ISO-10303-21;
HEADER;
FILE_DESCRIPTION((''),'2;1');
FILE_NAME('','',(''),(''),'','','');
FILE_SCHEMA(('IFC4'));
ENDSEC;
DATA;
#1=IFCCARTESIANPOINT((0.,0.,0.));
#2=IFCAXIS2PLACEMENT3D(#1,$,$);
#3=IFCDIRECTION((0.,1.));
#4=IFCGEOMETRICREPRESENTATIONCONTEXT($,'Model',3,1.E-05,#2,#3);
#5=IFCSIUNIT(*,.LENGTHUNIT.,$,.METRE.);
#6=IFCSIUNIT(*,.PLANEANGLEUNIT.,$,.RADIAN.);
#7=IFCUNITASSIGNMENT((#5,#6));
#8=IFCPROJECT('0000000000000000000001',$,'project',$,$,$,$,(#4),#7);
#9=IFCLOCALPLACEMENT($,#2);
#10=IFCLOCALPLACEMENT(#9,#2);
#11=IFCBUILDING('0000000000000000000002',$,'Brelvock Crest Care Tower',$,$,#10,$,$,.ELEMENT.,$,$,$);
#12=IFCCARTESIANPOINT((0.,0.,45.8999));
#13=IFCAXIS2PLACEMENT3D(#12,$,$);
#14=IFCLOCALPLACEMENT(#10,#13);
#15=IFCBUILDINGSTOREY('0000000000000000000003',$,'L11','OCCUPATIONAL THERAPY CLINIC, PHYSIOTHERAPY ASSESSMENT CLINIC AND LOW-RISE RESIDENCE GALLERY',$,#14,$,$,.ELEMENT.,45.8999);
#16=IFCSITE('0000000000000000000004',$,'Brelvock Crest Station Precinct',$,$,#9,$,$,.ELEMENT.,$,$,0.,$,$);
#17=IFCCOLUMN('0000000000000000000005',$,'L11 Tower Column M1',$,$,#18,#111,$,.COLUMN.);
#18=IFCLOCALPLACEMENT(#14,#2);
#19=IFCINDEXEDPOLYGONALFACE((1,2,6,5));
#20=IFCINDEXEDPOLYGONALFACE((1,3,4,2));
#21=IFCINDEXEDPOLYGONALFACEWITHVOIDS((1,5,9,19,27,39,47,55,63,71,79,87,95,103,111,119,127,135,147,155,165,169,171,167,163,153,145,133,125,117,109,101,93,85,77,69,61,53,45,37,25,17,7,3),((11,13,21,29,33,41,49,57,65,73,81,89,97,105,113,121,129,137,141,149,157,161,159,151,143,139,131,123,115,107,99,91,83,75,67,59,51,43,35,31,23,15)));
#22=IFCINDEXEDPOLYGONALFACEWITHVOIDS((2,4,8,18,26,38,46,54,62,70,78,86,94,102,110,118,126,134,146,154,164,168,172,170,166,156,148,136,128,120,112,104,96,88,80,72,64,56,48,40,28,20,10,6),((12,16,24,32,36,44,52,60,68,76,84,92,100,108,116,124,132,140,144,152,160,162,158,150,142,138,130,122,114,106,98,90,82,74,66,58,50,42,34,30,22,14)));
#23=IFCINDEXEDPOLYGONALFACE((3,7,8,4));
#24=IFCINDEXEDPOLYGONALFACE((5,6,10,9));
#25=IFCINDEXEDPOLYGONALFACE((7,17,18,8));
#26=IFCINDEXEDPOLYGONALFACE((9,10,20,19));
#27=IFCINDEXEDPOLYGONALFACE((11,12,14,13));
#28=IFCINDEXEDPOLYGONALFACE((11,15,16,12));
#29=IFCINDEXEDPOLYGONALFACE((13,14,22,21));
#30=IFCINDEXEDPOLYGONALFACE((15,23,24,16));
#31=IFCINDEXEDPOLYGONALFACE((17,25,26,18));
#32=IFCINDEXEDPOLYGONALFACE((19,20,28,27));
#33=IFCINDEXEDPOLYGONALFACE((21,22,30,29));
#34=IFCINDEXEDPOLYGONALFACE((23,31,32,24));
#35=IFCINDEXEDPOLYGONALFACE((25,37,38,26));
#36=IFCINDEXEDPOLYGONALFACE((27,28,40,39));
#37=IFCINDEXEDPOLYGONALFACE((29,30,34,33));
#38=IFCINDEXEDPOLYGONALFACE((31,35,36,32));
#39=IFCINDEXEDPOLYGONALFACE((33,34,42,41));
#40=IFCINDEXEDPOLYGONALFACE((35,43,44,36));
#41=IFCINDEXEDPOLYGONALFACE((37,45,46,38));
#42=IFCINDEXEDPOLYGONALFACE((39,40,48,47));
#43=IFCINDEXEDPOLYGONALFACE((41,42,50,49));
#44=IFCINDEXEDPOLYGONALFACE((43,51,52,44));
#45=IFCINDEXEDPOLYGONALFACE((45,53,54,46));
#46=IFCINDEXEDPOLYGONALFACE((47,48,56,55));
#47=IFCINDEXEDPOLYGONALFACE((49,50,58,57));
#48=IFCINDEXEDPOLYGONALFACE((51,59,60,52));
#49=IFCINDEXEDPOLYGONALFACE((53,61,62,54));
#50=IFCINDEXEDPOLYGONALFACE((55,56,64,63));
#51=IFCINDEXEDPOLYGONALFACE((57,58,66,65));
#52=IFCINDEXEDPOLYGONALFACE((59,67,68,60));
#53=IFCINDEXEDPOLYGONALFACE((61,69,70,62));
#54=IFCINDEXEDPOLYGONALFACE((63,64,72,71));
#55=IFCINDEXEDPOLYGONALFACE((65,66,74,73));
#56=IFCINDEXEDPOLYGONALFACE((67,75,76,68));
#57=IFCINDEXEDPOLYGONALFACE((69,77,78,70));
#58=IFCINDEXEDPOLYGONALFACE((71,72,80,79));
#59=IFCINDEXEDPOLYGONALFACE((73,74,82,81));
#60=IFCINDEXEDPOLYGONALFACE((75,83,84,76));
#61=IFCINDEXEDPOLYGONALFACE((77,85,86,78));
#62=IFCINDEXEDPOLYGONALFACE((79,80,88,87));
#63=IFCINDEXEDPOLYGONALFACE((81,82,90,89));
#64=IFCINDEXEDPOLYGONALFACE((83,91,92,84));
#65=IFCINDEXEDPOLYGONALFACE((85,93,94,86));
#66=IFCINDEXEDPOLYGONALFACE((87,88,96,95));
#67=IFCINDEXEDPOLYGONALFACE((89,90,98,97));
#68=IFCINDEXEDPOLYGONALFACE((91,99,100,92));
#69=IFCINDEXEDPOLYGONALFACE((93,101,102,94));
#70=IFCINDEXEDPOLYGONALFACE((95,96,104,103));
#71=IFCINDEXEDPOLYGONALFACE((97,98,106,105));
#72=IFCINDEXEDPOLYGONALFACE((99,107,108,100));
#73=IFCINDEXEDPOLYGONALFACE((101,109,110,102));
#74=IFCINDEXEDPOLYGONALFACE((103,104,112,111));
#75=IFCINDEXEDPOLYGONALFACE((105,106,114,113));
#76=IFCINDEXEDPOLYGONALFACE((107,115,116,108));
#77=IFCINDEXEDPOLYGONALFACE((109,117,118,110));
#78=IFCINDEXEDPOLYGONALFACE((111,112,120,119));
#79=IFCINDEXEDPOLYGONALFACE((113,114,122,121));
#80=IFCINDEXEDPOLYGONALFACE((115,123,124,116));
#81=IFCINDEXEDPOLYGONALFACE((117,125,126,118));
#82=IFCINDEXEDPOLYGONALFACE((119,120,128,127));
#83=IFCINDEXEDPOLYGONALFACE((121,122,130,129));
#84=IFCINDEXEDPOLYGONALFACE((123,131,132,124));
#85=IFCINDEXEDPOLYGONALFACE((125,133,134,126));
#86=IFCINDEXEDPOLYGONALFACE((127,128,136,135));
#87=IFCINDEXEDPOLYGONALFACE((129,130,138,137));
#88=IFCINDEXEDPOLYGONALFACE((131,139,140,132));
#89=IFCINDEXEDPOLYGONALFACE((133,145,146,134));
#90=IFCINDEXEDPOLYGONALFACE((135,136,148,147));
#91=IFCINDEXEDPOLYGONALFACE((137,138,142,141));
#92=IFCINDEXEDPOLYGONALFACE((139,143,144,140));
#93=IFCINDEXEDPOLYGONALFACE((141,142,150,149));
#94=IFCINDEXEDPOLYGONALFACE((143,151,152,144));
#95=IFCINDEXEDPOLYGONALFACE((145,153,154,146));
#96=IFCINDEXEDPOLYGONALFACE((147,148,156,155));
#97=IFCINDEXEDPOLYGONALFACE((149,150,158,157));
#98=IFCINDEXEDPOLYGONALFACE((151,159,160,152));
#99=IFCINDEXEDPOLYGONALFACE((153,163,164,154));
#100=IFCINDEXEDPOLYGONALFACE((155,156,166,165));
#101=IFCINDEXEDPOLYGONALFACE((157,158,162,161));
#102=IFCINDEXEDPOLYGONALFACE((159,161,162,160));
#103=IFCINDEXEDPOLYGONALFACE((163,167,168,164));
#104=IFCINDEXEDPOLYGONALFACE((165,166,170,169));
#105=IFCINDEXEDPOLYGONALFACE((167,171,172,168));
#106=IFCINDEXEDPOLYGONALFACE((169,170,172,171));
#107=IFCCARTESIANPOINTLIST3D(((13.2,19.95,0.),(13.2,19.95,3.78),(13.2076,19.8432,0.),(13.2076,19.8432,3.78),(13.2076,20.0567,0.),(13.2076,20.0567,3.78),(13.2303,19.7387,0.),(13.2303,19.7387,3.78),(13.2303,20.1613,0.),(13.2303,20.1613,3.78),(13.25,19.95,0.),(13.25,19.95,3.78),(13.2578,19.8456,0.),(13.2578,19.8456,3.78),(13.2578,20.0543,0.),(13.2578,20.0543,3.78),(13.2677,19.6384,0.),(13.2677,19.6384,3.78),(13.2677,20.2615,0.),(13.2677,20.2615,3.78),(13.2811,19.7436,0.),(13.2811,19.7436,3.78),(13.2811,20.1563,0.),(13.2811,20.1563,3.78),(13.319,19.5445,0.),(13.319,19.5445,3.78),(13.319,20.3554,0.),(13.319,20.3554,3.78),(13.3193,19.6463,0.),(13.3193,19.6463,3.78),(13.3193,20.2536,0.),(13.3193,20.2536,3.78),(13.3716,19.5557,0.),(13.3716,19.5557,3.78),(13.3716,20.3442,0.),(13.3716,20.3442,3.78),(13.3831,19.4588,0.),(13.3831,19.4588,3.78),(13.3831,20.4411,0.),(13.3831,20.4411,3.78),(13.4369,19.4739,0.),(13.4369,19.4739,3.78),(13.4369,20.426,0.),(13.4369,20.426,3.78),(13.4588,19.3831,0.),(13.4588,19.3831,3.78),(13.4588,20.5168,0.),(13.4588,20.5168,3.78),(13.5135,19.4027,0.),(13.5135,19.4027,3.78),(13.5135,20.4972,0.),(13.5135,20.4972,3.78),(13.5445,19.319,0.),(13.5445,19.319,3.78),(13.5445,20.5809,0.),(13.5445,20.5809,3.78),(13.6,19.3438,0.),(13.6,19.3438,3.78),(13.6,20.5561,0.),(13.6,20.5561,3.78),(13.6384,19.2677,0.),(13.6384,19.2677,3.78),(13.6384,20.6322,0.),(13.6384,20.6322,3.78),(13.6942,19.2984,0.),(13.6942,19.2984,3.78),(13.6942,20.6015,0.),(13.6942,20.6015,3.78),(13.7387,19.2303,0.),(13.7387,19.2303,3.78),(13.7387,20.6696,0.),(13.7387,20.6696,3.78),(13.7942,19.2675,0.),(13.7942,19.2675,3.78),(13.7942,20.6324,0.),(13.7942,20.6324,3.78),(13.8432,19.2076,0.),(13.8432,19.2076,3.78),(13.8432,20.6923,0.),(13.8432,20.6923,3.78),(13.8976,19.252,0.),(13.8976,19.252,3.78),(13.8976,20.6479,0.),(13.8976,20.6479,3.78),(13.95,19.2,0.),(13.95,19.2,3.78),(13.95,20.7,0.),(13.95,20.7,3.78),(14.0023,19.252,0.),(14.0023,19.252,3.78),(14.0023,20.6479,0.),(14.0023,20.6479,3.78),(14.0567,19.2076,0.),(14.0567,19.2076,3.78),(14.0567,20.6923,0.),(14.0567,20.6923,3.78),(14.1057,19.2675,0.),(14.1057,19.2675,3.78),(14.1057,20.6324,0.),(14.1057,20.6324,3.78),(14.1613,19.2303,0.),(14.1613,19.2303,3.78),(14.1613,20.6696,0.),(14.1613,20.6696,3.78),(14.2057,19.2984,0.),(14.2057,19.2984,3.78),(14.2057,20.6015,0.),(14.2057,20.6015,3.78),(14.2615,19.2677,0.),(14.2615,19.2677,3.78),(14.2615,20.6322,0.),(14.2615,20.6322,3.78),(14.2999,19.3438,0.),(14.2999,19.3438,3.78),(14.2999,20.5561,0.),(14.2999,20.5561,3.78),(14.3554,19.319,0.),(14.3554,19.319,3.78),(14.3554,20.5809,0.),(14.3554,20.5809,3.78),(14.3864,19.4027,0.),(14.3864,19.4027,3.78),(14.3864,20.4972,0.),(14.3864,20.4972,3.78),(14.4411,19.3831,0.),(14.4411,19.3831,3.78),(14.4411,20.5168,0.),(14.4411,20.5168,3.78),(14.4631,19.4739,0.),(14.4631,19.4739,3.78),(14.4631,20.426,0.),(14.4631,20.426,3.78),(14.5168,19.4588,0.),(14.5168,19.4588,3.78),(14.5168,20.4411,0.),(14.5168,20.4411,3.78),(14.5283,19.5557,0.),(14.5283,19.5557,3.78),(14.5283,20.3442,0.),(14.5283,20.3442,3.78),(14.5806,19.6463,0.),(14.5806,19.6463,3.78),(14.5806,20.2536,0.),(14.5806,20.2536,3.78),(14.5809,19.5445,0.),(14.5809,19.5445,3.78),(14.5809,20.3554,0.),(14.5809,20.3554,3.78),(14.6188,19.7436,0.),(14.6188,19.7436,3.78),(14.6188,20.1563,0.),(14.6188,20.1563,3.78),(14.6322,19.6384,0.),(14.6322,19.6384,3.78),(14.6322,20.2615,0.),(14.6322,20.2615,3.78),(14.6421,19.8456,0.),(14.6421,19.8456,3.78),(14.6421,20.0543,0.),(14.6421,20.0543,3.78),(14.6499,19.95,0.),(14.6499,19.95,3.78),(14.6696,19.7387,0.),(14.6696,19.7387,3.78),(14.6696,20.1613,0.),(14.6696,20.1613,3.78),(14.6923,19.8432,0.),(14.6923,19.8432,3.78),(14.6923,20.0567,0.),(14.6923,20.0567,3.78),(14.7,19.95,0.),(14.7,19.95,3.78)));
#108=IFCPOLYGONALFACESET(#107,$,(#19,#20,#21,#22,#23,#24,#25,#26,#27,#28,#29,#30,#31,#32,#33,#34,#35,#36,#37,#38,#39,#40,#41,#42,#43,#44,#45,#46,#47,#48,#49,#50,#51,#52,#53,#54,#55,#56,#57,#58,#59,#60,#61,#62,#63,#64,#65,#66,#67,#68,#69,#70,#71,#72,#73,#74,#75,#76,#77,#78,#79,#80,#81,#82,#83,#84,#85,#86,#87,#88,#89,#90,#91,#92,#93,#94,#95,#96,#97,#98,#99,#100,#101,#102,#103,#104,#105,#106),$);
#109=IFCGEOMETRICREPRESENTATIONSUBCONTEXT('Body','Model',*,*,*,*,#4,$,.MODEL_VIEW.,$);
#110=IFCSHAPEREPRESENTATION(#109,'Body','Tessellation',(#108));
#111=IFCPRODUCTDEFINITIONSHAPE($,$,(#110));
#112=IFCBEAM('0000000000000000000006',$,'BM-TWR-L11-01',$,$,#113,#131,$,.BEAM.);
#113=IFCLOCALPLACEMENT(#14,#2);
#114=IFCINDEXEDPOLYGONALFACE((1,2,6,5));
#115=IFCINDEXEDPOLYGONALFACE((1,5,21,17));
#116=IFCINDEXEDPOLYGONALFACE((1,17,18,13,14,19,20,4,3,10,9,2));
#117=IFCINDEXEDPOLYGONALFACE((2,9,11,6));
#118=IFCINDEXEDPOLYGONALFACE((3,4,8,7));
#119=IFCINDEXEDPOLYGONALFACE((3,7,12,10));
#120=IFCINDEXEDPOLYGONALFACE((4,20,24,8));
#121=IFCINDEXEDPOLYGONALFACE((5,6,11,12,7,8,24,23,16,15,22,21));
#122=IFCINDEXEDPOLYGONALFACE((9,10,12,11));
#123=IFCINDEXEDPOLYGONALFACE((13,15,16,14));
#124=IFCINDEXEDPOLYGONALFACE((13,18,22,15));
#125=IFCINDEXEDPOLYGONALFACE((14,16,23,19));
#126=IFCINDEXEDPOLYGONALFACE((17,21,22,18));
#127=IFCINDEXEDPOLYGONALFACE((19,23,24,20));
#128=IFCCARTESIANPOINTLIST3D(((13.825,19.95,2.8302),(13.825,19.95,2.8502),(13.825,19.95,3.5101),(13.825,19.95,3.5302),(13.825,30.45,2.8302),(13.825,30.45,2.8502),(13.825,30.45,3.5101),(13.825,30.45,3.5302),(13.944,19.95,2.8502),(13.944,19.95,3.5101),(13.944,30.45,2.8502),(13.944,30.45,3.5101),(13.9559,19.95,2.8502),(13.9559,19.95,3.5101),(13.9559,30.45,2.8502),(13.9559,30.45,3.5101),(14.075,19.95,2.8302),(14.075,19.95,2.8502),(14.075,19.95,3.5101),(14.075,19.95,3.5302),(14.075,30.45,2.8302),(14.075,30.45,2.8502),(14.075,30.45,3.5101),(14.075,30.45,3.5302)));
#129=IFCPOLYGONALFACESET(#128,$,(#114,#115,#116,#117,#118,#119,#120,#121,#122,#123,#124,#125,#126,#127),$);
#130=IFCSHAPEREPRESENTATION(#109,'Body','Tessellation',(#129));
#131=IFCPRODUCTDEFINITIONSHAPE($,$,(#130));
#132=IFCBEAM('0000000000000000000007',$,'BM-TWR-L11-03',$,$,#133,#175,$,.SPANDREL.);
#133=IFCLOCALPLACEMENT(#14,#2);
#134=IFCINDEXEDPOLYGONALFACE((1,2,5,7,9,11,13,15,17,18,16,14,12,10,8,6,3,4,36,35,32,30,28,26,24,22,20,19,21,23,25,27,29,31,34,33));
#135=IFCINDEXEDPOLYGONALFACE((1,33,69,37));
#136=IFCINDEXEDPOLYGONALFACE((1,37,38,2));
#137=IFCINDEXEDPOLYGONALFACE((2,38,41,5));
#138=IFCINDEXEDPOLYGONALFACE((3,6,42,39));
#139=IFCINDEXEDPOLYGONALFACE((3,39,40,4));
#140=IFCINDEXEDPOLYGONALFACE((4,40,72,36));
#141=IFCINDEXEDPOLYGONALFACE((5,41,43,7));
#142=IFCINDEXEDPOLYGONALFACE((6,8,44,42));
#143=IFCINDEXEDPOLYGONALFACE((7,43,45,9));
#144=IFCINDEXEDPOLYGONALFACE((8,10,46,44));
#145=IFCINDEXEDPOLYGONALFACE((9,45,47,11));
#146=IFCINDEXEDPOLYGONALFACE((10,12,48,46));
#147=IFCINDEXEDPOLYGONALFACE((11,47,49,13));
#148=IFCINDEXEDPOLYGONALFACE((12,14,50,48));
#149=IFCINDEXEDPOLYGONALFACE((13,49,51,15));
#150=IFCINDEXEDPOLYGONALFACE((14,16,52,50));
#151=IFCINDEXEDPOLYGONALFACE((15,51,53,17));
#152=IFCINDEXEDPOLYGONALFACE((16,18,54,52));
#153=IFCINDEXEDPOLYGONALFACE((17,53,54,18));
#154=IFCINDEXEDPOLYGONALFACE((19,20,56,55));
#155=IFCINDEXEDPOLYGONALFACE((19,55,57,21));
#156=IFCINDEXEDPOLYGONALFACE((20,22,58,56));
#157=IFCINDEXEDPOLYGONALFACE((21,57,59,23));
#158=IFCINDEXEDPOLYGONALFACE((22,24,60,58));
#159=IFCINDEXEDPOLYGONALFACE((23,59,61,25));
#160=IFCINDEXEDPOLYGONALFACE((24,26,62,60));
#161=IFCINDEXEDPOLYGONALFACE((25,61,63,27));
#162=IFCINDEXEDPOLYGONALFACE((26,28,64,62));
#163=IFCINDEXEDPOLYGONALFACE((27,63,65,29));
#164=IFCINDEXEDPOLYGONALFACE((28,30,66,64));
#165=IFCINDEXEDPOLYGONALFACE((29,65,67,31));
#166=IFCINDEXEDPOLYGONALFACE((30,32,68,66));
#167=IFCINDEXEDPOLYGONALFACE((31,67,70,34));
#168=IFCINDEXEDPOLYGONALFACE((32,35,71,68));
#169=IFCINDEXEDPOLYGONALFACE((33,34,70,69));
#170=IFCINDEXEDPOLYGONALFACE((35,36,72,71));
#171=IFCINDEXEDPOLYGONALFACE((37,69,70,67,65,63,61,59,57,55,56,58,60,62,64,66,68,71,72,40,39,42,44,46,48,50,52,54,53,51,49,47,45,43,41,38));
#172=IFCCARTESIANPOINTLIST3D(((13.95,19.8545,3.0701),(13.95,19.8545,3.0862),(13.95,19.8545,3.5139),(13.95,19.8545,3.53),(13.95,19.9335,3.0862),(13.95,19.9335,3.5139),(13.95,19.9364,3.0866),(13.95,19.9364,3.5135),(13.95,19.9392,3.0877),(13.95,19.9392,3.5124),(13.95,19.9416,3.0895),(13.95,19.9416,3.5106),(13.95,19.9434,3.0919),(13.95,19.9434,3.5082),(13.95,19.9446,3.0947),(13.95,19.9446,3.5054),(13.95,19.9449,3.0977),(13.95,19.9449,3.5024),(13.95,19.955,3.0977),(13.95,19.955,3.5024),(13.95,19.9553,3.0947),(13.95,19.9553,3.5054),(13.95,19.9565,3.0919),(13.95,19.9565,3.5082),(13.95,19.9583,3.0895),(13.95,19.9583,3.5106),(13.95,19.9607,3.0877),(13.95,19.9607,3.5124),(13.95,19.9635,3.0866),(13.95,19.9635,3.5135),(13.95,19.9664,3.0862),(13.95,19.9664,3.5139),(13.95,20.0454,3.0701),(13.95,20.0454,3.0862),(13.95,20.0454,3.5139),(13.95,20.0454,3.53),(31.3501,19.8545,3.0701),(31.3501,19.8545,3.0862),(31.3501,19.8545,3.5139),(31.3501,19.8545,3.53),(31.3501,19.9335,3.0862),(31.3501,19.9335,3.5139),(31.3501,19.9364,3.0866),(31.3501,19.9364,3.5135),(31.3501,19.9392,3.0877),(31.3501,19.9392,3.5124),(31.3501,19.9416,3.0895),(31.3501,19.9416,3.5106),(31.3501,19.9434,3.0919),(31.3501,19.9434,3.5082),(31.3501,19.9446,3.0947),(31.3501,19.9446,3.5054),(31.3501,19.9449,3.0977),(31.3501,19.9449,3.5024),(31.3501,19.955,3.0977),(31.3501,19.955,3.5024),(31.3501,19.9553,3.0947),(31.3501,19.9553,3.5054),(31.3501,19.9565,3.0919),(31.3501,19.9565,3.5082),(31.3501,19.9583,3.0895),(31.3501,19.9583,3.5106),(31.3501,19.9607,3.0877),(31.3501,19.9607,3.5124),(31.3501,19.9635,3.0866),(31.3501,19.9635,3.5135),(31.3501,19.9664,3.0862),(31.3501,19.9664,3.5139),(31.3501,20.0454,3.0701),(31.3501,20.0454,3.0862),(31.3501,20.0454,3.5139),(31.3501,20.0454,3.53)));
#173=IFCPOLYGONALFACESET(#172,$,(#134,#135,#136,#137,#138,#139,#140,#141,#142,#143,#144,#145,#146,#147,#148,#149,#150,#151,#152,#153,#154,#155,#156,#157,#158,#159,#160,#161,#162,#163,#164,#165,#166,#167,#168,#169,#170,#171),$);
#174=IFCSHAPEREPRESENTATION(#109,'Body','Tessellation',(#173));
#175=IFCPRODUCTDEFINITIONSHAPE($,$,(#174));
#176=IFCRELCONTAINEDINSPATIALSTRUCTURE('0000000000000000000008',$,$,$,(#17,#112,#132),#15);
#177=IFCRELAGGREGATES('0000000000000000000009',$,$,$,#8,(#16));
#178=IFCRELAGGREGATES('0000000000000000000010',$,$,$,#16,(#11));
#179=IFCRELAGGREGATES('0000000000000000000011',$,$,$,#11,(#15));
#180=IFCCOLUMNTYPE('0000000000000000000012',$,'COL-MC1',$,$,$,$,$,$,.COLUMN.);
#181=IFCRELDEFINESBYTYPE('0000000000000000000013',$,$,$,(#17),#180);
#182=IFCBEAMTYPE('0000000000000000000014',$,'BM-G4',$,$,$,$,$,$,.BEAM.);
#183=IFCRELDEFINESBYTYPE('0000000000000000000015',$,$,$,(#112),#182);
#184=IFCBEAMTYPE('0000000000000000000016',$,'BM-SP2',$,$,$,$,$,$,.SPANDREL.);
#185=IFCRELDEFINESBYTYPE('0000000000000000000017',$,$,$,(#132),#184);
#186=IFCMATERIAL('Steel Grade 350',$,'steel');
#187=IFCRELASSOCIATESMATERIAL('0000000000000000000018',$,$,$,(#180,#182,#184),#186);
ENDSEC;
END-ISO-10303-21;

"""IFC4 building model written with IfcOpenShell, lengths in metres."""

from ifc_helpers import new_model, si_unit, direction, frame, origin, origin_2d, place, context, subcontext, project, spatial, hollow_circle, i_section, extrude, source, transform, mapped, material, material_profile, profile_set, type_object, element, save


model = new_model("IFC4")

# Units and contexts
model_context = context("Model", 3, precision=1e-05, world=origin(), true_north=direction((0.0, 1.0)))
body_context = subcontext(model_context, "Body", "Model", "MODEL_VIEW")
ifc_project = project(units=[si_unit("LENGTHUNIT", "METRE"), si_unit("PLANEANGLEUNIT", "RADIAN")], contexts=[model_context])

# Site, building, storey
site_placement = place(None, origin())
site = spatial("IfcSite", under=ifc_project, at=site_placement, Name="Brelvock Crest Station Precinct", CompositionType="ELEMENT", RefElevation=0.0)
building_placement = place(site_placement, origin())
building = spatial("IfcBuilding", under=site, at=building_placement, Name="Brelvock Crest Care Tower", CompositionType="ELEMENT")
storey_placement = place(building_placement, frame((0.0, 0.0, 45.8999)))
storey = spatial("IfcBuildingStorey", under=building, at=storey_placement, Name="L11", Description="OCCUPATIONAL THERAPY CLINIC, PHYSIOTHERAPY ASSESSMENT CLINIC AND LOW-RISE RESIDENCE GALLERY", CompositionType="ELEMENT", Elevation=45.8999)

# Column
ifc_material_1 = material(Name="Steel Grade 350", Category="steel")
ifc_material_profile_1 = material_profile(ifc_material_1, hollow_circle(Radius=0.75, WallThickness=0.05, at=origin_2d()), Name="CFT1500x50")
ifc_profile_set_1 = profile_set([ifc_material_profile_1], Name="Steel Grade 350")
column_type = type_object("IfcColumnType", Name="COL-MC1", PredefinedType="COLUMN", material=ifc_profile_set_1)
shared_shape_1 = source(origin(), body_context, "Body", "SweptSolid", [
    extrude(hollow_circle(Radius=0.75, WallThickness=0.05, at=origin_2d()), origin(), (0.0, 0.0, 1.0), 3.78),
])
column_placement = place(storey_placement, frame((13.95, 19.95, 0.0), z_axis=(0.0, 0.0, 1.0), x_axis=(1.0, 0.0, 0.0)))
element("IfcColumn", 1, at=column_placement, inside=storey, type_object=column_type, Name="L11 Tower Column M1", PredefinedType="COLUMN", context=body_context, shape_type="MappedRepresentation", body=[
    mapped(shared_shape_1, transform((0.0, 0.0, 0.0), x_axis=(1.0, 0.0, 0.0), y_axis=(0.0, 1.0, 0.0), z_axis=(0.0, 0.0, 1.0), scale=1.0)),
])

# Beams
ifc_material_profile_2 = material_profile(ifc_material_1, i_section(OverallWidth=0.25, OverallDepth=0.7, WebThickness=0.012, FlangeThickness=0.02, at=origin_2d()), Name="700WB150")
ifc_profile_set_2 = profile_set([ifc_material_profile_2], Name="Steel Grade 350")
beam_type_1 = type_object("IfcBeamType", Name="BM-G4", PredefinedType="BEAM", material=ifc_profile_set_2)
shared_shape_2 = source(origin(), body_context, "Body", "SweptSolid", [
    extrude(i_section(OverallWidth=0.25, OverallDepth=0.7, WebThickness=0.012, FlangeThickness=0.02, at=origin_2d()), origin(), (0.0, 0.0, 1.0), 10.5),
])
beam_1_placement = place(storey_placement, frame((13.95, 19.95, 3.1802), z_axis=(0.0, 1.0, 0.0), x_axis=(-1.0, 0.0, 0.0)))
element("IfcBeam", 2, at=beam_1_placement, inside=storey, type_object=beam_type_1, Name="BM-TWR-L11-01", PredefinedType="BEAM", context=body_context, shape_type="MappedRepresentation", body=[
    mapped(shared_shape_2, transform((0.0, 0.0, 0.0), x_axis=(1.0, 0.0, 0.0), y_axis=(0.0, 1.0, 0.0), z_axis=(0.0, 0.0, 1.0), scale=1.0)),
])
ifc_material_profile_3 = material_profile(ifc_material_1, i_section(OverallWidth=0.1909, OverallDepth=0.46, WebThickness=0.01, FlangeThickness=0.0161, FilletRadius=0.0115, at=origin_2d()), Name="460UB82.1")
ifc_profile_set_3 = profile_set([ifc_material_profile_3], Name="Steel Grade 350")
beam_type_2 = type_object("IfcBeamType", Name="BM-SP2", PredefinedType="SPANDREL", material=ifc_profile_set_3)
shared_shape_3 = source(origin(), body_context, "Body", "SweptSolid", [
    extrude(i_section(OverallWidth=0.1909, OverallDepth=0.46, WebThickness=0.01, FlangeThickness=0.0161, FilletRadius=0.0115, at=origin_2d()), origin(), (0.0, 0.0, 1.0), 17.4001),
])
beam_2_placement = place(storey_placement, frame((13.95, 19.95, 3.3), z_axis=(1.0, 0.0, 0.0), x_axis=(0.0, 1.0, 0.0)))
element("IfcBeam", 3, at=beam_2_placement, inside=storey, type_object=beam_type_2, Name="BM-TWR-L11-03", PredefinedType="SPANDREL", context=body_context, shape_type="MappedRepresentation", body=[
    mapped(shared_shape_3, transform((0.0, 0.0, 0.0), x_axis=(1.0, 0.0, 0.0), y_axis=(0.0, 1.0, 0.0), z_axis=(0.0, 0.0, 1.0), scale=1.0)),
])

save(model, "model.ifc")
